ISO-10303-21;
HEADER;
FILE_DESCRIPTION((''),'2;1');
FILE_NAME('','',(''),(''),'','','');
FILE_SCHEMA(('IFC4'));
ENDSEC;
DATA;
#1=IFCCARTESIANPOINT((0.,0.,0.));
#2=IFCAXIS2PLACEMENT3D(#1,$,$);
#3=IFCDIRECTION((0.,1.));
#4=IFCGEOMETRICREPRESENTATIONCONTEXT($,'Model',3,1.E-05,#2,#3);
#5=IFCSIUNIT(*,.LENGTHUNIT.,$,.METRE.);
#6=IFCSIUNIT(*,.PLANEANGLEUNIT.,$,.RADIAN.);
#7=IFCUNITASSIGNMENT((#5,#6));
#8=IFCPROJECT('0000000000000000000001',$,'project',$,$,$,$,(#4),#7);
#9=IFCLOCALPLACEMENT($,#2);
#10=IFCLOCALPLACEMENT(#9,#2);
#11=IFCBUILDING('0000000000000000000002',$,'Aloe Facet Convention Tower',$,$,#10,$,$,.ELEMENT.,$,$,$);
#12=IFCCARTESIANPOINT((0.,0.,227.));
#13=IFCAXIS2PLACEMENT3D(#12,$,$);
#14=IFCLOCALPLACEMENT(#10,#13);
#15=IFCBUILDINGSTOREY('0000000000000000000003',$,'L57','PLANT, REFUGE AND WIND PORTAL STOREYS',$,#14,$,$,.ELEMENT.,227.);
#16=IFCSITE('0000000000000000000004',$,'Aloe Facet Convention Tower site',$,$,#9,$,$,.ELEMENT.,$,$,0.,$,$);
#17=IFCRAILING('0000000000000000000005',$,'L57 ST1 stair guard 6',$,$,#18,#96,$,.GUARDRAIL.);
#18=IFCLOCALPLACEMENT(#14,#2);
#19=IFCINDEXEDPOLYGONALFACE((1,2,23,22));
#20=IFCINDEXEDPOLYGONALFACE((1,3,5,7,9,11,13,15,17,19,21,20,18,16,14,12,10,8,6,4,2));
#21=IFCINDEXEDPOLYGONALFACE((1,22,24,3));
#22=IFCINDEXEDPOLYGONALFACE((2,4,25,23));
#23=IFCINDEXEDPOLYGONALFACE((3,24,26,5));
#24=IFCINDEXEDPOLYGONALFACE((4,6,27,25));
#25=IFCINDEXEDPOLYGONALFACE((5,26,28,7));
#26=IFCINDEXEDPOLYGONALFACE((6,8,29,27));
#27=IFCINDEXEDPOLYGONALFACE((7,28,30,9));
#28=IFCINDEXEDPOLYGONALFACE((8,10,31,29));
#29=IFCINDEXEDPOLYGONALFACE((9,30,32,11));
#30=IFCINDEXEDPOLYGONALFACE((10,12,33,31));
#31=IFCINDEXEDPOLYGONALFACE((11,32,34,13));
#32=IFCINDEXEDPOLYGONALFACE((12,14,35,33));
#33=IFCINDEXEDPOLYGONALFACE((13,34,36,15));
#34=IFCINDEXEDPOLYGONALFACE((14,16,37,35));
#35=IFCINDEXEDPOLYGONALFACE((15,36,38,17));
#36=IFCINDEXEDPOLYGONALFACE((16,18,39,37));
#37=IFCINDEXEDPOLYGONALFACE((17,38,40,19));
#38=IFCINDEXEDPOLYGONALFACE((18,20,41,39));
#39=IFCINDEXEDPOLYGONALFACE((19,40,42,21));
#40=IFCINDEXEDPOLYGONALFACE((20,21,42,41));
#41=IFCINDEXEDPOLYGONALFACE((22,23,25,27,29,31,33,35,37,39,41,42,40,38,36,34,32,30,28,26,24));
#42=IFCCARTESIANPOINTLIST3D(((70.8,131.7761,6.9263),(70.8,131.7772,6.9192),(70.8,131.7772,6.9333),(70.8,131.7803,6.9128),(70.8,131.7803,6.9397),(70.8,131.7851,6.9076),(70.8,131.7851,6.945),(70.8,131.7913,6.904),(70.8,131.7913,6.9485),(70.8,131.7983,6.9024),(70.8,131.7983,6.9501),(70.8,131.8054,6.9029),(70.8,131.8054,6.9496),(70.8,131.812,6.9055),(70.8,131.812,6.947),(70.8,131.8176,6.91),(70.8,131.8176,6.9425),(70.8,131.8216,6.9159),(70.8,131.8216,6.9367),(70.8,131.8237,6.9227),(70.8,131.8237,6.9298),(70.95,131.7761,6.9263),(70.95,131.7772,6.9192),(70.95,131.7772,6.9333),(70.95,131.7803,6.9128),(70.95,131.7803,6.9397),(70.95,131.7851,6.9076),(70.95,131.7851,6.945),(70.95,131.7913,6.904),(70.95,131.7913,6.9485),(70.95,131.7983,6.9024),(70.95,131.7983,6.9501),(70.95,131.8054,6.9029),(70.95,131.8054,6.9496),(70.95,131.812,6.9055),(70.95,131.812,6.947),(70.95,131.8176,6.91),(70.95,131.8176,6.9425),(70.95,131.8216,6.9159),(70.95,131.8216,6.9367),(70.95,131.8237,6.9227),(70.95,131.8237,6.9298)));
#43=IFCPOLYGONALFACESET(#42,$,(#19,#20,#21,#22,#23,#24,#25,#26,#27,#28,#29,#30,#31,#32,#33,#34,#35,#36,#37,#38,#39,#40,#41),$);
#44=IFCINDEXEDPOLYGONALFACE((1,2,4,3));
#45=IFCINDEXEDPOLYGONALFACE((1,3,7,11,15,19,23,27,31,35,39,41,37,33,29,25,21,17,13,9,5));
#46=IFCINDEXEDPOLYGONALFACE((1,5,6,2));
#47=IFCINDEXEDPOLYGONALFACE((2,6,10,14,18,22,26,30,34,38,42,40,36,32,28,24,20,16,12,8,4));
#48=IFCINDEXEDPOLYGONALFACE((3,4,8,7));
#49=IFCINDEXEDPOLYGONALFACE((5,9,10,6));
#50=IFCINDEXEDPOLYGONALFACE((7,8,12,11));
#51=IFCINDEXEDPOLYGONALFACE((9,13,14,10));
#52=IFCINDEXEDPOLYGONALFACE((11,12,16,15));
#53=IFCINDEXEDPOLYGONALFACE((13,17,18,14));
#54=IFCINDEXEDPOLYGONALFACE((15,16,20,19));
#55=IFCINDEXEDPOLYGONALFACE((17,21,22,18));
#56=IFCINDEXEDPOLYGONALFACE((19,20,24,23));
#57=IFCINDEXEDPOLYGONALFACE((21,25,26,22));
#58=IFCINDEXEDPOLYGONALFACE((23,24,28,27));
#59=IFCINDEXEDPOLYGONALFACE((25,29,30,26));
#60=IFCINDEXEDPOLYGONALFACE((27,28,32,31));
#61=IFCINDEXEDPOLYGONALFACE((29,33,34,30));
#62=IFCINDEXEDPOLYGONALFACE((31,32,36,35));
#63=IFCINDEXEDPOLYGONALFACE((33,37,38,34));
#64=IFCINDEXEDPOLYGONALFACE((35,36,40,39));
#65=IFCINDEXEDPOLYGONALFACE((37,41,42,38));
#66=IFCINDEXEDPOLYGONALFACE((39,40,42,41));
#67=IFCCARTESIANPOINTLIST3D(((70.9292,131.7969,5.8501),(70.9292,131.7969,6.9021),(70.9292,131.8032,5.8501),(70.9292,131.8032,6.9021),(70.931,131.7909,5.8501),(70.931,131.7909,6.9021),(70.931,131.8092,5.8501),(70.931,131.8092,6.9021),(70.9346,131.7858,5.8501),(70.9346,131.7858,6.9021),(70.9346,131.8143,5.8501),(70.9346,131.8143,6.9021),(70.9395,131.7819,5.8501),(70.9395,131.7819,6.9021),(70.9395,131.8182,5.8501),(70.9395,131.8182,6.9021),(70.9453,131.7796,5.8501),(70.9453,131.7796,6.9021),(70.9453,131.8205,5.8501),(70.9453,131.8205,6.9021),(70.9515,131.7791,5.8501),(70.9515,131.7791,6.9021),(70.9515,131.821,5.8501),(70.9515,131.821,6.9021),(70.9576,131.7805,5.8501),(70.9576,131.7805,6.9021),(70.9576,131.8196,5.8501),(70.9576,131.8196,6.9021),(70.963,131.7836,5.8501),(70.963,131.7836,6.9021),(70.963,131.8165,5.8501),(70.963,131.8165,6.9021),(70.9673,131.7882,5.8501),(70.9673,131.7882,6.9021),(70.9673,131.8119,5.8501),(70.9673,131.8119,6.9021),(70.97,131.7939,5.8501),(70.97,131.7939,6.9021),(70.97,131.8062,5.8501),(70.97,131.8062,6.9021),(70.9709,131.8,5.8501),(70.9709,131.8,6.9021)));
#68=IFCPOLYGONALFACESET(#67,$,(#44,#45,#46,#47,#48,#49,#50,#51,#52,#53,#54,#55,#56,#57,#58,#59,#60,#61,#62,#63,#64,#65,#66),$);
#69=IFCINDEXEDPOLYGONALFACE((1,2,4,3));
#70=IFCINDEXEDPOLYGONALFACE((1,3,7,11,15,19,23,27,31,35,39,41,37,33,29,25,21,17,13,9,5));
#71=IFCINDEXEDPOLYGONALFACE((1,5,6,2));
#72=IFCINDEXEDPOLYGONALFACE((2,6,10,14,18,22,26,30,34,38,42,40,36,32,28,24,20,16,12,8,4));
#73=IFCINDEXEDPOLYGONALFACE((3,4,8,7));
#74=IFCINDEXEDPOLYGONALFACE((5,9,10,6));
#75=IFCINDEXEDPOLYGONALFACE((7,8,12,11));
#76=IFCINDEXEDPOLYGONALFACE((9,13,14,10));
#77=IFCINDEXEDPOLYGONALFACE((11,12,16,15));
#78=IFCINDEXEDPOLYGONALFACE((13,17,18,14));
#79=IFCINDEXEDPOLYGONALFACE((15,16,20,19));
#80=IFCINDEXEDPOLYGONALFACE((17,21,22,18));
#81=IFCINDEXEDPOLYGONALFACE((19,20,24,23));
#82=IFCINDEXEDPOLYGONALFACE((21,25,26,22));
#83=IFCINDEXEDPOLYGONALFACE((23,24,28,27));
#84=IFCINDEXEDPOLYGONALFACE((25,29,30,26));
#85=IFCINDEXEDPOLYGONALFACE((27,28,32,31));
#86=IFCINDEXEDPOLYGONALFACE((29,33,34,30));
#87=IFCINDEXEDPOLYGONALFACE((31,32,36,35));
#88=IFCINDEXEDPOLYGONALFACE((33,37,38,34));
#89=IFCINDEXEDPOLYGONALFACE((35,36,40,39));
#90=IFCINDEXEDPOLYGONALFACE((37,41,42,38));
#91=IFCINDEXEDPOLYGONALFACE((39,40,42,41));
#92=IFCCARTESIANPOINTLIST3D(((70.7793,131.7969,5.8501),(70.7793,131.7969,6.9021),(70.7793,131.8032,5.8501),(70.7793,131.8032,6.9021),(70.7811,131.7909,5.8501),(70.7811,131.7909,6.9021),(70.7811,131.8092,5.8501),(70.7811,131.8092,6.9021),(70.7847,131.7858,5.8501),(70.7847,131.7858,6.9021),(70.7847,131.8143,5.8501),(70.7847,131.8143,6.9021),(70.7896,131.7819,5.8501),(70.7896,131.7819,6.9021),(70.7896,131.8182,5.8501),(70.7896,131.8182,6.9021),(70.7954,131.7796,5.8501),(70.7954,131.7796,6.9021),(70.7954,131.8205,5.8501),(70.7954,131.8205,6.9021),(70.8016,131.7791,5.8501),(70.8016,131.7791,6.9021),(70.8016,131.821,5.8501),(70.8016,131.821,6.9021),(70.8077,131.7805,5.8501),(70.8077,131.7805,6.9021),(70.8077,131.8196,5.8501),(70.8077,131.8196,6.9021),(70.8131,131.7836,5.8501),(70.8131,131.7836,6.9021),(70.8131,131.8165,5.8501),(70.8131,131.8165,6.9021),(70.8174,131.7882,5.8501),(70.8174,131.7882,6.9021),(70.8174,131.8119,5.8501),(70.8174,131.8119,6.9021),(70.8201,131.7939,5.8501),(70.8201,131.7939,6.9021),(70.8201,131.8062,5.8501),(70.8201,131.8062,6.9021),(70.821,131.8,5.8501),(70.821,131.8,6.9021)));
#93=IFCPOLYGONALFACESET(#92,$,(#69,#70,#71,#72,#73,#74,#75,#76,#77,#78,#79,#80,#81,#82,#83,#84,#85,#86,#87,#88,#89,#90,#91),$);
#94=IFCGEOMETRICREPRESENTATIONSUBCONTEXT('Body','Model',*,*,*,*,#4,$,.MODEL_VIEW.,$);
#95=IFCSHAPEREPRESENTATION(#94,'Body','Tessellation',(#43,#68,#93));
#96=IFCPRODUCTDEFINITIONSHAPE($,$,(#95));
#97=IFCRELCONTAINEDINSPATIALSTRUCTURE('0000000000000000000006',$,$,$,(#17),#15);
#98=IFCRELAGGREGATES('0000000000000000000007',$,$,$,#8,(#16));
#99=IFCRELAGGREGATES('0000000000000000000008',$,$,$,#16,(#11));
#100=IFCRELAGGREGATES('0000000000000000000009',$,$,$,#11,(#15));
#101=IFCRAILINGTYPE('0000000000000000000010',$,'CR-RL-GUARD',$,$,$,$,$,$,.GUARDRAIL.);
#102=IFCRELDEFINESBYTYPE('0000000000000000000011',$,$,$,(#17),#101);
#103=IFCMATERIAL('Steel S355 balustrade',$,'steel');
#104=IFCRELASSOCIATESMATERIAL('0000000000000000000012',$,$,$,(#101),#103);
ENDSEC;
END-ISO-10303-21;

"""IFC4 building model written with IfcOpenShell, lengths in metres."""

from ifc_helpers import new_model, si_unit, direction, frame, origin, origin_2d, place, context, subcontext, project, spatial, circle, extrude, material, type_object, element, save


model = new_model("IFC4")

# Units and contexts
model_context = context("Model", 3, precision=1e-05, world=origin(), true_north=direction((0.0, 1.0)))
body_context = subcontext(model_context, "Body", "Model", "MODEL_VIEW")
ifc_project = project(units=[si_unit("LENGTHUNIT", "METRE"), si_unit("PLANEANGLEUNIT", "RADIAN")], contexts=[model_context])

# Site, building, storey
site_placement = place(None, origin())
site = spatial("IfcSite", under=ifc_project, at=site_placement, Name="Aloe Facet Convention Tower site", CompositionType="ELEMENT", RefElevation=0.0)
building_placement = place(site_placement, origin())
building = spatial("IfcBuilding", under=site, at=building_placement, Name="Aloe Facet Convention Tower", CompositionType="ELEMENT")
storey_placement = place(building_placement, frame((0.0, 0.0, 227.0)))
storey = spatial("IfcBuildingStorey", under=building, at=storey_placement, Name="L57", Description="PLANT, REFUGE AND WIND PORTAL STOREYS", CompositionType="ELEMENT", Elevation=227.0)

# Railing
ifc_material_1 = material(Name="Steel S355 balustrade", Category="steel")
railing_type_1 = type_object("IfcRailingType", Name="CR-RL-GUARD", PredefinedType="GUARDRAIL", material=ifc_material_1)
railing_1_placement = place(storey_placement, frame((70.95, 131.8, 5.8501)))
element("IfcRailing", 1, at=railing_1_placement, inside=storey, type_object=railing_type_1, Name="L57 ST1 stair guard 6", PredefinedType="GUARDRAIL", context=body_context, shape_type="SweptSolid", body=[
    extrude(circle(Radius=0.0239, at=origin_2d()), frame((0.0, 0.0, 1.0762), z_axis=(-1.0, 0.0, 0.0), x_axis=(0.0, -1.0, 0.0)), (0.0, 0.0, 1.0), 0.1499),
    extrude(circle(Radius=0.021, at=origin_2d()), origin(), (0.0, 0.0, 1.0), 1.052),
    extrude(circle(Radius=0.021, at=origin_2d()), frame((-0.1499, 0.0, 0.0)), (0.0, 0.0, 1.0), 1.052),
])

save(model, "model.ifc")
